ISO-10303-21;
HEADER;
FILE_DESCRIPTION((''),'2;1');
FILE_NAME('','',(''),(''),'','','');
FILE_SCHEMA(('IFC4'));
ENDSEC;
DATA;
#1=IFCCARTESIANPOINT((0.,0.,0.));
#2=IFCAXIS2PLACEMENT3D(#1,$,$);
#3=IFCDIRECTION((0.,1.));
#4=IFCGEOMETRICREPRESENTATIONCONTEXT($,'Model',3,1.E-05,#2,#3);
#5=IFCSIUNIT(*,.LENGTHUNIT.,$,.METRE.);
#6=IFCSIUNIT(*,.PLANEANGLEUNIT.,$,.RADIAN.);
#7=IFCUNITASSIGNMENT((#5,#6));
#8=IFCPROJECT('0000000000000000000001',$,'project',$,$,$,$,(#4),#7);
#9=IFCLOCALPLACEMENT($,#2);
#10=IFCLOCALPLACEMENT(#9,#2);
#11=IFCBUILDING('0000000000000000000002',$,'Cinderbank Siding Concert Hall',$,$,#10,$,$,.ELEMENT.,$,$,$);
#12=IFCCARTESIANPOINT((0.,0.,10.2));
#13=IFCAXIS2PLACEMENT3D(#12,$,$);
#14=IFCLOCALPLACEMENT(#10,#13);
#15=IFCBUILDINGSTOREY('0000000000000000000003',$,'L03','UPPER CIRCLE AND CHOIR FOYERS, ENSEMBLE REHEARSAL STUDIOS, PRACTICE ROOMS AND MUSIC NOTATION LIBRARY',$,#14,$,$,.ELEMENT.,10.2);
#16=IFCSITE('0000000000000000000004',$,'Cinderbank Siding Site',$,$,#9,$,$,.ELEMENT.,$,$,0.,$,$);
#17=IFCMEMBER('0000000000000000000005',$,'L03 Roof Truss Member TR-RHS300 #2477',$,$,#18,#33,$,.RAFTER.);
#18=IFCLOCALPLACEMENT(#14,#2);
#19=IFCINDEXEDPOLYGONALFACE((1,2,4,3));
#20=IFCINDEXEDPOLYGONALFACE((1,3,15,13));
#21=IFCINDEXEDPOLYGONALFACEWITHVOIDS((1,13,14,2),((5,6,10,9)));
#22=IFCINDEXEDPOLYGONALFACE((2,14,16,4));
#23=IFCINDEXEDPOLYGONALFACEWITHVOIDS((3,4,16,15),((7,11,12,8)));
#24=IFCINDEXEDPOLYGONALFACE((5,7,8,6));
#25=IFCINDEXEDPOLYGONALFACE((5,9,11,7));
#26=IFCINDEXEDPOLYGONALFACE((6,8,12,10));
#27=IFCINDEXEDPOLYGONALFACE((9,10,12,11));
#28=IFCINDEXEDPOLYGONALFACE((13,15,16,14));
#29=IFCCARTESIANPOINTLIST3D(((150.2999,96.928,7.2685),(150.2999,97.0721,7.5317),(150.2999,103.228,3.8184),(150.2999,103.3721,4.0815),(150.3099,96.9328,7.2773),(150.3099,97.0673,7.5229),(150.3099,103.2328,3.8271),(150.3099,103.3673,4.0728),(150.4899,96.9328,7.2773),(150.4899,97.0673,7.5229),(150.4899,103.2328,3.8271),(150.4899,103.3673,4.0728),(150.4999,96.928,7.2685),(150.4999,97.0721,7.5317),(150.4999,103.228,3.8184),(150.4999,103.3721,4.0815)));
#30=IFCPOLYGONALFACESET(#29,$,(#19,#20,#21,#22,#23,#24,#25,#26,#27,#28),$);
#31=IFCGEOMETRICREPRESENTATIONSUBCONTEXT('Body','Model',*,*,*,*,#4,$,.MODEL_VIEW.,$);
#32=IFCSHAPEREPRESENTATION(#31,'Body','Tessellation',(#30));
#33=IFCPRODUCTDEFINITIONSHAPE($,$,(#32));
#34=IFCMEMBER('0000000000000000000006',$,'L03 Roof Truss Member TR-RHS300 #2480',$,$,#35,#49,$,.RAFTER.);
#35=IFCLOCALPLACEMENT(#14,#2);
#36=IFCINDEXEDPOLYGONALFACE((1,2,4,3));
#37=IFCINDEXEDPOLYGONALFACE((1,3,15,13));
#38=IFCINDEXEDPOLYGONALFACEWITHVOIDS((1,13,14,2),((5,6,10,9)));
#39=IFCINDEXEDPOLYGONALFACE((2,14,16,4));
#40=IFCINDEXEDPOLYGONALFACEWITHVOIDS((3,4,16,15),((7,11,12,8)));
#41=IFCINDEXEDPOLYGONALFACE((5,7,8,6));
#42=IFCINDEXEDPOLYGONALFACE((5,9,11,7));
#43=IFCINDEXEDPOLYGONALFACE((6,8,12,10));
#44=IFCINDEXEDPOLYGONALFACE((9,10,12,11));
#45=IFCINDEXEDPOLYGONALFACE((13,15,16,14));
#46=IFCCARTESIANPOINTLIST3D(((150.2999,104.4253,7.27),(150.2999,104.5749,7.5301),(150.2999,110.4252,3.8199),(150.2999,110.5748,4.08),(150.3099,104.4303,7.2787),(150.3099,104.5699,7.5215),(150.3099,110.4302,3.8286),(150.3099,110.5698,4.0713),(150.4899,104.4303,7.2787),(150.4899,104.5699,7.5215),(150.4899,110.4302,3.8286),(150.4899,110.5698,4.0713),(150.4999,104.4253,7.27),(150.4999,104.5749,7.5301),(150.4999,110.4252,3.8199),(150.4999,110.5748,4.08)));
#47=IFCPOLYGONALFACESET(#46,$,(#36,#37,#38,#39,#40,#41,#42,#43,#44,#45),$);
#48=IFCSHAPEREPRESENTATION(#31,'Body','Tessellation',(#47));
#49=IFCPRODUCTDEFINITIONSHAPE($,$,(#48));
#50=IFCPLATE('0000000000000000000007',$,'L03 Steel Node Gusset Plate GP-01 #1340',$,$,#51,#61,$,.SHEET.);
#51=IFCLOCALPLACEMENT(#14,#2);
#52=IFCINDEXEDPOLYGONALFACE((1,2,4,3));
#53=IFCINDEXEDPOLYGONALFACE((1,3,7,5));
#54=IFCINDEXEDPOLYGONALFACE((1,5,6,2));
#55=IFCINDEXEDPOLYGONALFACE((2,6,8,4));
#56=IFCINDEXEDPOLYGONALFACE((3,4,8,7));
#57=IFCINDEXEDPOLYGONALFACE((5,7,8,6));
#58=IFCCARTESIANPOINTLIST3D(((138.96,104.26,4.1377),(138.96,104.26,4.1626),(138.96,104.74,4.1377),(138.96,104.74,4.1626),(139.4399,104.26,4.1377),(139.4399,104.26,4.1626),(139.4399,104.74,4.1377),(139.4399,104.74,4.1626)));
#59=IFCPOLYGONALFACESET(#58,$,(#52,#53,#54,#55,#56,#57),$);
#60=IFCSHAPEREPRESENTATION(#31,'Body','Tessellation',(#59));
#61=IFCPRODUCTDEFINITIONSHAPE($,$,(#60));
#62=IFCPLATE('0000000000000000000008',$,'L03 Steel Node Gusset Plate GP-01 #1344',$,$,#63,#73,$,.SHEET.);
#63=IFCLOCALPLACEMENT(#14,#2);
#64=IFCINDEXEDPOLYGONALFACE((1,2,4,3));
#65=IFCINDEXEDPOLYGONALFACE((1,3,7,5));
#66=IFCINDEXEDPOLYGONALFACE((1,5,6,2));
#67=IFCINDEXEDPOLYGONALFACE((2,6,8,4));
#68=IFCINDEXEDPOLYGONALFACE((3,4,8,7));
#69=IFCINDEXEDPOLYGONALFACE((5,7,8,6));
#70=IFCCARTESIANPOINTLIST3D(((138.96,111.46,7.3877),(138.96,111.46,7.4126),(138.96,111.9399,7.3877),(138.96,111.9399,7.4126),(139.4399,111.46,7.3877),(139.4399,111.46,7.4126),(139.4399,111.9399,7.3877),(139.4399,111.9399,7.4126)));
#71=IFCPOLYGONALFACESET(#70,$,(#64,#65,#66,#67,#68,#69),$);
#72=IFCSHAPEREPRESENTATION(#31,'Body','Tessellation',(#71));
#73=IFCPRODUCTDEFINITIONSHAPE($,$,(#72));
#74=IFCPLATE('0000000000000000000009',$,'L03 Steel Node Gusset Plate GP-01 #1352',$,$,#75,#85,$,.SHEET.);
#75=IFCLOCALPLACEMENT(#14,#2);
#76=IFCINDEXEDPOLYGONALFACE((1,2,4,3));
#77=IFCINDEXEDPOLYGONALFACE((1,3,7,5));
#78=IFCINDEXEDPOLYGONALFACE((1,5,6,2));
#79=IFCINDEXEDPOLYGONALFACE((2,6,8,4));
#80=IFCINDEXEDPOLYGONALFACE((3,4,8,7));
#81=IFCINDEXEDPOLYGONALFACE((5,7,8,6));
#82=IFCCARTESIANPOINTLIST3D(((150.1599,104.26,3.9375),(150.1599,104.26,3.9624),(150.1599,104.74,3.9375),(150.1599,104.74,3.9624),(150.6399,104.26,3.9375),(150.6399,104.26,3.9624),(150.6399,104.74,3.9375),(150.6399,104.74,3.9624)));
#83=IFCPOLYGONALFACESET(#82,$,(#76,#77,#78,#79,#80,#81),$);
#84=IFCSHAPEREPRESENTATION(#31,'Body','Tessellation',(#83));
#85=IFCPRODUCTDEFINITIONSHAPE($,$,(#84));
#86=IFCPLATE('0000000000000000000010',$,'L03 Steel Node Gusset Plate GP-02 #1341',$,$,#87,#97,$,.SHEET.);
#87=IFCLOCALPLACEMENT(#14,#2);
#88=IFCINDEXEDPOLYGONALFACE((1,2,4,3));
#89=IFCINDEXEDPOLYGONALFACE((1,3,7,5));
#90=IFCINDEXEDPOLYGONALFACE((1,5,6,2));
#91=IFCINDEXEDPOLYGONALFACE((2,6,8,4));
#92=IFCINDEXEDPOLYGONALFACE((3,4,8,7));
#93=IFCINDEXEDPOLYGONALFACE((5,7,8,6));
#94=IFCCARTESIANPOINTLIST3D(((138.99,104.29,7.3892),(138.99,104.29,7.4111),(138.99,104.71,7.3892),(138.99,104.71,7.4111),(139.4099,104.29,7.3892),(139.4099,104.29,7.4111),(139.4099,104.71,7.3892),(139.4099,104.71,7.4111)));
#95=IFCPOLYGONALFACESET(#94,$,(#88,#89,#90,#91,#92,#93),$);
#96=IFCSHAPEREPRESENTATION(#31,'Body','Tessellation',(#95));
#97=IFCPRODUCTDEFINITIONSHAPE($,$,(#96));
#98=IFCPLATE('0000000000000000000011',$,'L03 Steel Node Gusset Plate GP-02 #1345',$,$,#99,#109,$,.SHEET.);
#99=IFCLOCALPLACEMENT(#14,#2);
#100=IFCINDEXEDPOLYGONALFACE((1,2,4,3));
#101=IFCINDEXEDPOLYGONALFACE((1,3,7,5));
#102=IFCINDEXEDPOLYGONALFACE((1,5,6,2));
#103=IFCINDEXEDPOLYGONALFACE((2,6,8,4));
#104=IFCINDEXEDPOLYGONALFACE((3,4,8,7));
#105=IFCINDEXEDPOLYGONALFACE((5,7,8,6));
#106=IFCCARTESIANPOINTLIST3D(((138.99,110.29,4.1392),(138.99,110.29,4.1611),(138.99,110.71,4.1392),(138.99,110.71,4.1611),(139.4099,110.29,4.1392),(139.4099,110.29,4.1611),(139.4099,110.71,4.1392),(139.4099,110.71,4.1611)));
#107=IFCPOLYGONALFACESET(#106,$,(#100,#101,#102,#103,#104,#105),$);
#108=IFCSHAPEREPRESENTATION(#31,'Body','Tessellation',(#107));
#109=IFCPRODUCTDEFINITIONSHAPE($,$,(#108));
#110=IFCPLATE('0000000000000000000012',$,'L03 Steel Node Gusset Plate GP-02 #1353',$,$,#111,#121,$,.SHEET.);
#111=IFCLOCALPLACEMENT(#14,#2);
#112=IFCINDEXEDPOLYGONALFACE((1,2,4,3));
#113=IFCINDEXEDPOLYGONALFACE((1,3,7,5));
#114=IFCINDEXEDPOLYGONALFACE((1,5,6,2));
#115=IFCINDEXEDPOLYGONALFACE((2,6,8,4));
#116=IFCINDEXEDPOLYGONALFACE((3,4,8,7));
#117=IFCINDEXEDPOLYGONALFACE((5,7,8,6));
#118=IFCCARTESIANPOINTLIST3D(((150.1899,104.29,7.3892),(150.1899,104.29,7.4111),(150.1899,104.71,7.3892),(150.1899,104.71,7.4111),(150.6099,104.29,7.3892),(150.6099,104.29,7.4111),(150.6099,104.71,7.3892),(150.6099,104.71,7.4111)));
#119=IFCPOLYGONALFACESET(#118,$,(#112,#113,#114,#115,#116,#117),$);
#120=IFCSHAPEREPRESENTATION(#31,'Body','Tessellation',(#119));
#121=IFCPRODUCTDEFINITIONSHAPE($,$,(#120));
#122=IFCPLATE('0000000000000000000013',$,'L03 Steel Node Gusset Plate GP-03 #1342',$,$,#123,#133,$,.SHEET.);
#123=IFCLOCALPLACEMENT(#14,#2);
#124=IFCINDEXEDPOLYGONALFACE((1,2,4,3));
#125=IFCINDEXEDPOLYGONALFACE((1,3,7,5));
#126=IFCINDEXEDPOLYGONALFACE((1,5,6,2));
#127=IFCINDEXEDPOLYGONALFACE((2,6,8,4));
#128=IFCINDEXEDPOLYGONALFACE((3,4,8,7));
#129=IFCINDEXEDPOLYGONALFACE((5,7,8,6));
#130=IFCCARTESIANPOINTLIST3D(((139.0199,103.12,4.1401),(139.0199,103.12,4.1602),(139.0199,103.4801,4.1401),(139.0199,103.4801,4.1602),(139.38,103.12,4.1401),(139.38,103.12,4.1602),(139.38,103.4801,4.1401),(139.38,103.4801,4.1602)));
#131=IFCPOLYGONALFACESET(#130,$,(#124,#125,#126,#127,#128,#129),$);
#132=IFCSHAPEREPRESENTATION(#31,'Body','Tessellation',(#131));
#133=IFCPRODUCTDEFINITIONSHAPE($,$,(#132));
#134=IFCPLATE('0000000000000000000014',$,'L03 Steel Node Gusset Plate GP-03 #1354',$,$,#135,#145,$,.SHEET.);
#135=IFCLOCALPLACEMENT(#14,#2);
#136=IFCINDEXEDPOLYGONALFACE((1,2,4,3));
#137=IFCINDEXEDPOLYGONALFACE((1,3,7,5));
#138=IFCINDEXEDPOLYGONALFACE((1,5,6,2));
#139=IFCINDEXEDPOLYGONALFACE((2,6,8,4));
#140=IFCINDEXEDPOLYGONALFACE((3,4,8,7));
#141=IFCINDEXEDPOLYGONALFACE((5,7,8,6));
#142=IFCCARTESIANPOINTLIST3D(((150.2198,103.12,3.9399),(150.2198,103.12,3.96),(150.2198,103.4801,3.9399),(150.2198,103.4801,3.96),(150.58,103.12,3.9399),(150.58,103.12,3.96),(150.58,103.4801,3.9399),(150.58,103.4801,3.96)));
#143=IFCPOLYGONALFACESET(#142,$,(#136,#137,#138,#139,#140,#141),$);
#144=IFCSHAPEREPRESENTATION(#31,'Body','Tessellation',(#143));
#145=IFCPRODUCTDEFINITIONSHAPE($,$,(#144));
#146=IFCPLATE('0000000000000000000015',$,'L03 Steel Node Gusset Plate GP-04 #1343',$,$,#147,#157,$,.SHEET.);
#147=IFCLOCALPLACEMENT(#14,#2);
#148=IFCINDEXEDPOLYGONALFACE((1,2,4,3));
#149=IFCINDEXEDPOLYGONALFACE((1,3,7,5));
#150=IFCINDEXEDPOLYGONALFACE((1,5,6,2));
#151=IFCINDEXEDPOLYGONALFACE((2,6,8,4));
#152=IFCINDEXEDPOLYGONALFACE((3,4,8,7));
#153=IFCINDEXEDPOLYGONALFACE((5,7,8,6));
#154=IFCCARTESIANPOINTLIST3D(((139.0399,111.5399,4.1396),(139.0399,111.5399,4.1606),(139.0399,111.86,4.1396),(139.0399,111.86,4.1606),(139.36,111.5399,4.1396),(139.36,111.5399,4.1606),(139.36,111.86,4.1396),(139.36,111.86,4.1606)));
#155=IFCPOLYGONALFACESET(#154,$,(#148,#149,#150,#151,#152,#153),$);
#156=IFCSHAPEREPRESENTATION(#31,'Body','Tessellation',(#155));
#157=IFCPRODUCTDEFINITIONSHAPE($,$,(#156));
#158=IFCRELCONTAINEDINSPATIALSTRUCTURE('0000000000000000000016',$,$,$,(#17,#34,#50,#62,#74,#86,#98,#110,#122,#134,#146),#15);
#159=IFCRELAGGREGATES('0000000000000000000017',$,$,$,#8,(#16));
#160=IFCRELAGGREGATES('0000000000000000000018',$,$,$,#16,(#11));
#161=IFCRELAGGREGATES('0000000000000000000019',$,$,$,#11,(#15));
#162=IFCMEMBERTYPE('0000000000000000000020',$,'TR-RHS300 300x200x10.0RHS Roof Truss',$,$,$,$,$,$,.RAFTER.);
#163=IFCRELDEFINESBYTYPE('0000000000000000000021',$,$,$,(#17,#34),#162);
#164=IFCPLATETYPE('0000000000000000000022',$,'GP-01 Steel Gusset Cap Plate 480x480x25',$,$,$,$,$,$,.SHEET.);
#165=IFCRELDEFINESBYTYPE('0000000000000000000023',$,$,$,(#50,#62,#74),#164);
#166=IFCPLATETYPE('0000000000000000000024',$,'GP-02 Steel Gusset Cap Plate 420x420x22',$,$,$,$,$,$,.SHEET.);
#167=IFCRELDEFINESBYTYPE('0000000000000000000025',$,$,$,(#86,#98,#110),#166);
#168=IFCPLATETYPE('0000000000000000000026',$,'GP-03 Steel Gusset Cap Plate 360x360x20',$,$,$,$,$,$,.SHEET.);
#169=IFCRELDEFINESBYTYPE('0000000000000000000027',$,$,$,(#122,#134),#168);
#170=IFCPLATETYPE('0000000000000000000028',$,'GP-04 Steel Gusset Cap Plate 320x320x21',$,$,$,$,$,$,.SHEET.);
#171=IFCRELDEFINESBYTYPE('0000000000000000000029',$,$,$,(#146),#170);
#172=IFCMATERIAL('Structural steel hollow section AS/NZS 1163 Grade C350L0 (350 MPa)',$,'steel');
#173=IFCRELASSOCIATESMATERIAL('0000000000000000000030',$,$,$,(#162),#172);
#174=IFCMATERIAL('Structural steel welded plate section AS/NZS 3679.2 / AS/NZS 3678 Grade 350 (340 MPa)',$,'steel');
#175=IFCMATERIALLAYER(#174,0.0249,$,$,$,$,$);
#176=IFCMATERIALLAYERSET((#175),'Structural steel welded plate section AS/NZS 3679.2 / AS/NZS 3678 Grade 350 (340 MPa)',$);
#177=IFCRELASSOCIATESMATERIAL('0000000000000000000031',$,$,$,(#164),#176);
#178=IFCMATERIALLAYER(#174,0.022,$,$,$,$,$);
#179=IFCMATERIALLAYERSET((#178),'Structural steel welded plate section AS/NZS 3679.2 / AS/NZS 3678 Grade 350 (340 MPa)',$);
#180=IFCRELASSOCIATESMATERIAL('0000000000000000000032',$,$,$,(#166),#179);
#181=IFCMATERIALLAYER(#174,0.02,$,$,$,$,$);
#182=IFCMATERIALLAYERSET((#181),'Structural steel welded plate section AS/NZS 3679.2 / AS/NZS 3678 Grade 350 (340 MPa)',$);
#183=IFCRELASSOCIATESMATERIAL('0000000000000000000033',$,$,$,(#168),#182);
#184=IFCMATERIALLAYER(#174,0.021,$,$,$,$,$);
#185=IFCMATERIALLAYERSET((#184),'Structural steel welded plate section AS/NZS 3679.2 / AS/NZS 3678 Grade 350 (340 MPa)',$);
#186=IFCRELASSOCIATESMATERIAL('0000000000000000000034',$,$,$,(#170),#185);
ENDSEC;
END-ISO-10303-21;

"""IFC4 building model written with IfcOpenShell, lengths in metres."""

from ifc_helpers import new_model, si_unit, direction, frame, origin, origin_2d, place, context, subcontext, project, spatial, rectangle, hollow_rectangle, extrude, material, layer, layer_set, material_profile, profile_set, type_object, element, save


model = new_model("IFC4")

# Units and contexts
model_context = context("Model", 3, precision=1e-05, world=origin(), true_north=direction((0.0, 1.0)))
body_context = subcontext(model_context, "Body", "Model", "MODEL_VIEW")
ifc_project = project(units=[si_unit("LENGTHUNIT", "METRE"), si_unit("PLANEANGLEUNIT", "RADIAN")], contexts=[model_context])

# Site, building, storey
site_placement = place(None, origin())
site = spatial("IfcSite", under=ifc_project, at=site_placement, Name="Cinderbank Siding Site", CompositionType="ELEMENT", RefElevation=0.0)
building_placement = place(site_placement, origin())
building = spatial("IfcBuilding", under=site, at=building_placement, Name="Cinderbank Siding Concert Hall", CompositionType="ELEMENT")
storey_placement = place(building_placement, frame((0.0, 0.0, 10.2)))
storey = spatial("IfcBuildingStorey", under=building, at=storey_placement, Name="L03", Description="UPPER CIRCLE AND CHOIR FOYERS, ENSEMBLE REHEARSAL STUDIOS, PRACTICE ROOMS AND MUSIC NOTATION LIBRARY", CompositionType="ELEMENT", Elevation=10.2)

# Shared definitions
ifc_material_1 = material(Name="Structural steel welded plate section AS/NZS 3679.2 / AS/NZS 3678 Grade 350 (340 MPa)", Category="steel")

# Members
ifc_material_2 = material(Name="Structural steel hollow section AS/NZS 1163 Grade C350L0 (350 MPa)", Category="steel")
ifc_material_profile_1 = material_profile(ifc_material_2, hollow_rectangle(XDim=0.2, YDim=0.3, WallThickness=0.01, at=origin_2d()), Name="300x200x10.0RHS", Category="LoadBearing")
ifc_profile_set_1 = profile_set([ifc_material_profile_1], Name="Structural steel hollow section AS/NZS 1163 Grade C350L0 (350 MPa)")
member_type_1 = type_object("IfcMemberType", Name="TR-RHS300 300x200x10.0RHS Roof Truss", PredefinedType="RAFTER", material=ifc_profile_set_1)
member_1_placement = place(storey_placement, frame((150.3999, 103.3, 3.95), z_axis=(0.0, -0.877086, 0.480333), x_axis=(1.0, 0.0, 0.0)))
element("IfcMember", 1, at=member_1_placement, inside=storey, type_object=member_type_1, Name="L03 Roof Truss Member TR-RHS300 #2477", PredefinedType="RAFTER", context=body_context, shape_type="SweptSolid", body=[
    extrude(hollow_rectangle(XDim=0.2, YDim=0.3, WallThickness=0.01, at=origin_2d()), origin(), (0.0, 0.0, 1.0), 7.1829),
])
member_2_placement = place(storey_placement, frame((150.3999, 110.5, 3.95), z_axis=(0.0, -0.866894, 0.498492), x_axis=(1.0, 0.0, 0.0)))
element("IfcMember", 2, at=member_2_placement, inside=storey, type_object=member_type_1, Name="L03 Roof Truss Member TR-RHS300 #2480", PredefinedType="RAFTER", context=body_context, shape_type="SweptSolid", body=[
    extrude(hollow_rectangle(XDim=0.2, YDim=0.3, WallThickness=0.01, at=origin_2d()), origin(), (0.0, 0.0, 1.0), 6.9211),
])

# Plates
ifc_layer_1 = layer(ifc_material_1, 0.0249)
ifc_layer_set_1 = layer_set([ifc_layer_1], Name="Structural steel welded plate section AS/NZS 3679.2 / AS/NZS 3678 Grade 350 (340 MPa)")
plate_type_1 = type_object("IfcPlateType", Name="GP-01 Steel Gusset Cap Plate 480x480x25", PredefinedType="SHEET", material=ifc_layer_set_1)
for number, where, z_axis, x_axis, name in (
    (3, (139.2, 104.5, 4.1377), (0.0, 0.0, 1.0), (1.0, 0.0, 0.0), "L03 Steel Node Gusset Plate GP-01 #1340"),
    (4, (139.2, 111.7, 7.3877), (0.0, 0.0, 1.0), (1.0, 0.0, 0.0), "L03 Steel Node Gusset Plate GP-01 #1344"),
    (5, (150.3999, 104.5, 3.9375), (0.0, 0.0, 1.0), (1.0, 0.0, 0.0), "L03 Steel Node Gusset Plate GP-01 #1352"),
):
    element("IfcPlate", number, at=place(storey_placement, frame(where, z_axis=z_axis, x_axis=x_axis)), inside=storey, type_object=plate_type_1, Name=name, PredefinedType="SHEET", context=body_context, shape_type="SweptSolid", body=[
        extrude(rectangle(XDim=0.48, YDim=0.48, at=origin_2d()), origin(), (0.0, 0.0, 1.0), 0.0249),
    ])
ifc_layer_2 = layer(ifc_material_1, 0.022)
ifc_layer_set_2 = layer_set([ifc_layer_2], Name="Structural steel welded plate section AS/NZS 3679.2 / AS/NZS 3678 Grade 350 (340 MPa)")
plate_type_2 = type_object("IfcPlateType", Name="GP-02 Steel Gusset Cap Plate 420x420x22", PredefinedType="SHEET", material=ifc_layer_set_2)
for number, where, z_axis, x_axis, name in (
    (6, (139.2, 104.5, 7.3892), (0.0, 0.0, 1.0), (1.0, 0.0, 0.0), "L03 Steel Node Gusset Plate GP-02 #1341"),
    (7, (139.2, 110.5, 4.1392), (0.0, 0.0, 1.0), (0.0, 1.0, 0.0), "L03 Steel Node Gusset Plate GP-02 #1345"),
    (8, (150.3999, 104.5, 7.3892), (0.0, 0.0, 1.0), (1.0, 0.0, 0.0), "L03 Steel Node Gusset Plate GP-02 #1353"),
):
    element("IfcPlate", number, at=place(storey_placement, frame(where, z_axis=z_axis, x_axis=x_axis)), inside=storey, type_object=plate_type_2, Name=name, PredefinedType="SHEET", context=body_context, shape_type="SweptSolid", body=[
        extrude(rectangle(XDim=0.4199, YDim=0.4199, at=origin_2d()), origin(), (0.0, 0.0, 1.0), 0.022),
    ])
ifc_layer_3 = layer(ifc_material_1, 0.02)
ifc_layer_set_3 = layer_set([ifc_layer_3], Name="Structural steel welded plate section AS/NZS 3679.2 / AS/NZS 3678 Grade 350 (340 MPa)")
plate_type_3 = type_object("IfcPlateType", Name="GP-03 Steel Gusset Cap Plate 360x360x20", PredefinedType="SHEET", material=ifc_layer_set_3)
for number, where, z_axis, x_axis, name in (
    (9, (139.2, 103.3, 4.1401), (0.0, 0.0, 1.0), (0.0, 1.0, 0.0), "L03 Steel Node Gusset Plate GP-03 #1342"),
    (10, (150.3999, 103.3, 3.9399), (0.0, 0.0, 1.0), (0.0, 1.0, 0.0), "L03 Steel Node Gusset Plate GP-03 #1354"),
):
    element("IfcPlate", number, at=place(storey_placement, frame(where, z_axis=z_axis, x_axis=x_axis)), inside=storey, type_object=plate_type_3, Name=name, PredefinedType="SHEET", context=body_context, shape_type="SweptSolid", body=[
        extrude(rectangle(XDim=0.3601, YDim=0.3601, at=origin_2d()), origin(), (0.0, 0.0, 1.0), 0.02),
    ])
ifc_layer_4 = layer(ifc_material_1, 0.021)
ifc_layer_set_4 = layer_set([ifc_layer_4], Name="Structural steel welded plate section AS/NZS 3679.2 / AS/NZS 3678 Grade 350 (340 MPa)")
plate_type_4 = type_object("IfcPlateType", Name="GP-04 Steel Gusset Cap Plate 320x320x21", PredefinedType="SHEET", material=ifc_layer_set_4)
plate_placement = place(storey_placement, frame((139.2, 111.7, 4.1396), z_axis=(0.0, 0.0, 1.0), x_axis=(1.0, 0.0, 0.0)))
element("IfcPlate", 11, at=plate_placement, inside=storey, type_object=plate_type_4, Name="L03 Steel Node Gusset Plate GP-04 #1343", PredefinedType="SHEET", context=body_context, shape_type="SweptSolid", body=[
    extrude(rectangle(XDim=0.3201, YDim=0.3201, at=origin_2d()), origin(), (0.0, 0.0, 1.0), 0.021),
])

save(model, "model.ifc")
